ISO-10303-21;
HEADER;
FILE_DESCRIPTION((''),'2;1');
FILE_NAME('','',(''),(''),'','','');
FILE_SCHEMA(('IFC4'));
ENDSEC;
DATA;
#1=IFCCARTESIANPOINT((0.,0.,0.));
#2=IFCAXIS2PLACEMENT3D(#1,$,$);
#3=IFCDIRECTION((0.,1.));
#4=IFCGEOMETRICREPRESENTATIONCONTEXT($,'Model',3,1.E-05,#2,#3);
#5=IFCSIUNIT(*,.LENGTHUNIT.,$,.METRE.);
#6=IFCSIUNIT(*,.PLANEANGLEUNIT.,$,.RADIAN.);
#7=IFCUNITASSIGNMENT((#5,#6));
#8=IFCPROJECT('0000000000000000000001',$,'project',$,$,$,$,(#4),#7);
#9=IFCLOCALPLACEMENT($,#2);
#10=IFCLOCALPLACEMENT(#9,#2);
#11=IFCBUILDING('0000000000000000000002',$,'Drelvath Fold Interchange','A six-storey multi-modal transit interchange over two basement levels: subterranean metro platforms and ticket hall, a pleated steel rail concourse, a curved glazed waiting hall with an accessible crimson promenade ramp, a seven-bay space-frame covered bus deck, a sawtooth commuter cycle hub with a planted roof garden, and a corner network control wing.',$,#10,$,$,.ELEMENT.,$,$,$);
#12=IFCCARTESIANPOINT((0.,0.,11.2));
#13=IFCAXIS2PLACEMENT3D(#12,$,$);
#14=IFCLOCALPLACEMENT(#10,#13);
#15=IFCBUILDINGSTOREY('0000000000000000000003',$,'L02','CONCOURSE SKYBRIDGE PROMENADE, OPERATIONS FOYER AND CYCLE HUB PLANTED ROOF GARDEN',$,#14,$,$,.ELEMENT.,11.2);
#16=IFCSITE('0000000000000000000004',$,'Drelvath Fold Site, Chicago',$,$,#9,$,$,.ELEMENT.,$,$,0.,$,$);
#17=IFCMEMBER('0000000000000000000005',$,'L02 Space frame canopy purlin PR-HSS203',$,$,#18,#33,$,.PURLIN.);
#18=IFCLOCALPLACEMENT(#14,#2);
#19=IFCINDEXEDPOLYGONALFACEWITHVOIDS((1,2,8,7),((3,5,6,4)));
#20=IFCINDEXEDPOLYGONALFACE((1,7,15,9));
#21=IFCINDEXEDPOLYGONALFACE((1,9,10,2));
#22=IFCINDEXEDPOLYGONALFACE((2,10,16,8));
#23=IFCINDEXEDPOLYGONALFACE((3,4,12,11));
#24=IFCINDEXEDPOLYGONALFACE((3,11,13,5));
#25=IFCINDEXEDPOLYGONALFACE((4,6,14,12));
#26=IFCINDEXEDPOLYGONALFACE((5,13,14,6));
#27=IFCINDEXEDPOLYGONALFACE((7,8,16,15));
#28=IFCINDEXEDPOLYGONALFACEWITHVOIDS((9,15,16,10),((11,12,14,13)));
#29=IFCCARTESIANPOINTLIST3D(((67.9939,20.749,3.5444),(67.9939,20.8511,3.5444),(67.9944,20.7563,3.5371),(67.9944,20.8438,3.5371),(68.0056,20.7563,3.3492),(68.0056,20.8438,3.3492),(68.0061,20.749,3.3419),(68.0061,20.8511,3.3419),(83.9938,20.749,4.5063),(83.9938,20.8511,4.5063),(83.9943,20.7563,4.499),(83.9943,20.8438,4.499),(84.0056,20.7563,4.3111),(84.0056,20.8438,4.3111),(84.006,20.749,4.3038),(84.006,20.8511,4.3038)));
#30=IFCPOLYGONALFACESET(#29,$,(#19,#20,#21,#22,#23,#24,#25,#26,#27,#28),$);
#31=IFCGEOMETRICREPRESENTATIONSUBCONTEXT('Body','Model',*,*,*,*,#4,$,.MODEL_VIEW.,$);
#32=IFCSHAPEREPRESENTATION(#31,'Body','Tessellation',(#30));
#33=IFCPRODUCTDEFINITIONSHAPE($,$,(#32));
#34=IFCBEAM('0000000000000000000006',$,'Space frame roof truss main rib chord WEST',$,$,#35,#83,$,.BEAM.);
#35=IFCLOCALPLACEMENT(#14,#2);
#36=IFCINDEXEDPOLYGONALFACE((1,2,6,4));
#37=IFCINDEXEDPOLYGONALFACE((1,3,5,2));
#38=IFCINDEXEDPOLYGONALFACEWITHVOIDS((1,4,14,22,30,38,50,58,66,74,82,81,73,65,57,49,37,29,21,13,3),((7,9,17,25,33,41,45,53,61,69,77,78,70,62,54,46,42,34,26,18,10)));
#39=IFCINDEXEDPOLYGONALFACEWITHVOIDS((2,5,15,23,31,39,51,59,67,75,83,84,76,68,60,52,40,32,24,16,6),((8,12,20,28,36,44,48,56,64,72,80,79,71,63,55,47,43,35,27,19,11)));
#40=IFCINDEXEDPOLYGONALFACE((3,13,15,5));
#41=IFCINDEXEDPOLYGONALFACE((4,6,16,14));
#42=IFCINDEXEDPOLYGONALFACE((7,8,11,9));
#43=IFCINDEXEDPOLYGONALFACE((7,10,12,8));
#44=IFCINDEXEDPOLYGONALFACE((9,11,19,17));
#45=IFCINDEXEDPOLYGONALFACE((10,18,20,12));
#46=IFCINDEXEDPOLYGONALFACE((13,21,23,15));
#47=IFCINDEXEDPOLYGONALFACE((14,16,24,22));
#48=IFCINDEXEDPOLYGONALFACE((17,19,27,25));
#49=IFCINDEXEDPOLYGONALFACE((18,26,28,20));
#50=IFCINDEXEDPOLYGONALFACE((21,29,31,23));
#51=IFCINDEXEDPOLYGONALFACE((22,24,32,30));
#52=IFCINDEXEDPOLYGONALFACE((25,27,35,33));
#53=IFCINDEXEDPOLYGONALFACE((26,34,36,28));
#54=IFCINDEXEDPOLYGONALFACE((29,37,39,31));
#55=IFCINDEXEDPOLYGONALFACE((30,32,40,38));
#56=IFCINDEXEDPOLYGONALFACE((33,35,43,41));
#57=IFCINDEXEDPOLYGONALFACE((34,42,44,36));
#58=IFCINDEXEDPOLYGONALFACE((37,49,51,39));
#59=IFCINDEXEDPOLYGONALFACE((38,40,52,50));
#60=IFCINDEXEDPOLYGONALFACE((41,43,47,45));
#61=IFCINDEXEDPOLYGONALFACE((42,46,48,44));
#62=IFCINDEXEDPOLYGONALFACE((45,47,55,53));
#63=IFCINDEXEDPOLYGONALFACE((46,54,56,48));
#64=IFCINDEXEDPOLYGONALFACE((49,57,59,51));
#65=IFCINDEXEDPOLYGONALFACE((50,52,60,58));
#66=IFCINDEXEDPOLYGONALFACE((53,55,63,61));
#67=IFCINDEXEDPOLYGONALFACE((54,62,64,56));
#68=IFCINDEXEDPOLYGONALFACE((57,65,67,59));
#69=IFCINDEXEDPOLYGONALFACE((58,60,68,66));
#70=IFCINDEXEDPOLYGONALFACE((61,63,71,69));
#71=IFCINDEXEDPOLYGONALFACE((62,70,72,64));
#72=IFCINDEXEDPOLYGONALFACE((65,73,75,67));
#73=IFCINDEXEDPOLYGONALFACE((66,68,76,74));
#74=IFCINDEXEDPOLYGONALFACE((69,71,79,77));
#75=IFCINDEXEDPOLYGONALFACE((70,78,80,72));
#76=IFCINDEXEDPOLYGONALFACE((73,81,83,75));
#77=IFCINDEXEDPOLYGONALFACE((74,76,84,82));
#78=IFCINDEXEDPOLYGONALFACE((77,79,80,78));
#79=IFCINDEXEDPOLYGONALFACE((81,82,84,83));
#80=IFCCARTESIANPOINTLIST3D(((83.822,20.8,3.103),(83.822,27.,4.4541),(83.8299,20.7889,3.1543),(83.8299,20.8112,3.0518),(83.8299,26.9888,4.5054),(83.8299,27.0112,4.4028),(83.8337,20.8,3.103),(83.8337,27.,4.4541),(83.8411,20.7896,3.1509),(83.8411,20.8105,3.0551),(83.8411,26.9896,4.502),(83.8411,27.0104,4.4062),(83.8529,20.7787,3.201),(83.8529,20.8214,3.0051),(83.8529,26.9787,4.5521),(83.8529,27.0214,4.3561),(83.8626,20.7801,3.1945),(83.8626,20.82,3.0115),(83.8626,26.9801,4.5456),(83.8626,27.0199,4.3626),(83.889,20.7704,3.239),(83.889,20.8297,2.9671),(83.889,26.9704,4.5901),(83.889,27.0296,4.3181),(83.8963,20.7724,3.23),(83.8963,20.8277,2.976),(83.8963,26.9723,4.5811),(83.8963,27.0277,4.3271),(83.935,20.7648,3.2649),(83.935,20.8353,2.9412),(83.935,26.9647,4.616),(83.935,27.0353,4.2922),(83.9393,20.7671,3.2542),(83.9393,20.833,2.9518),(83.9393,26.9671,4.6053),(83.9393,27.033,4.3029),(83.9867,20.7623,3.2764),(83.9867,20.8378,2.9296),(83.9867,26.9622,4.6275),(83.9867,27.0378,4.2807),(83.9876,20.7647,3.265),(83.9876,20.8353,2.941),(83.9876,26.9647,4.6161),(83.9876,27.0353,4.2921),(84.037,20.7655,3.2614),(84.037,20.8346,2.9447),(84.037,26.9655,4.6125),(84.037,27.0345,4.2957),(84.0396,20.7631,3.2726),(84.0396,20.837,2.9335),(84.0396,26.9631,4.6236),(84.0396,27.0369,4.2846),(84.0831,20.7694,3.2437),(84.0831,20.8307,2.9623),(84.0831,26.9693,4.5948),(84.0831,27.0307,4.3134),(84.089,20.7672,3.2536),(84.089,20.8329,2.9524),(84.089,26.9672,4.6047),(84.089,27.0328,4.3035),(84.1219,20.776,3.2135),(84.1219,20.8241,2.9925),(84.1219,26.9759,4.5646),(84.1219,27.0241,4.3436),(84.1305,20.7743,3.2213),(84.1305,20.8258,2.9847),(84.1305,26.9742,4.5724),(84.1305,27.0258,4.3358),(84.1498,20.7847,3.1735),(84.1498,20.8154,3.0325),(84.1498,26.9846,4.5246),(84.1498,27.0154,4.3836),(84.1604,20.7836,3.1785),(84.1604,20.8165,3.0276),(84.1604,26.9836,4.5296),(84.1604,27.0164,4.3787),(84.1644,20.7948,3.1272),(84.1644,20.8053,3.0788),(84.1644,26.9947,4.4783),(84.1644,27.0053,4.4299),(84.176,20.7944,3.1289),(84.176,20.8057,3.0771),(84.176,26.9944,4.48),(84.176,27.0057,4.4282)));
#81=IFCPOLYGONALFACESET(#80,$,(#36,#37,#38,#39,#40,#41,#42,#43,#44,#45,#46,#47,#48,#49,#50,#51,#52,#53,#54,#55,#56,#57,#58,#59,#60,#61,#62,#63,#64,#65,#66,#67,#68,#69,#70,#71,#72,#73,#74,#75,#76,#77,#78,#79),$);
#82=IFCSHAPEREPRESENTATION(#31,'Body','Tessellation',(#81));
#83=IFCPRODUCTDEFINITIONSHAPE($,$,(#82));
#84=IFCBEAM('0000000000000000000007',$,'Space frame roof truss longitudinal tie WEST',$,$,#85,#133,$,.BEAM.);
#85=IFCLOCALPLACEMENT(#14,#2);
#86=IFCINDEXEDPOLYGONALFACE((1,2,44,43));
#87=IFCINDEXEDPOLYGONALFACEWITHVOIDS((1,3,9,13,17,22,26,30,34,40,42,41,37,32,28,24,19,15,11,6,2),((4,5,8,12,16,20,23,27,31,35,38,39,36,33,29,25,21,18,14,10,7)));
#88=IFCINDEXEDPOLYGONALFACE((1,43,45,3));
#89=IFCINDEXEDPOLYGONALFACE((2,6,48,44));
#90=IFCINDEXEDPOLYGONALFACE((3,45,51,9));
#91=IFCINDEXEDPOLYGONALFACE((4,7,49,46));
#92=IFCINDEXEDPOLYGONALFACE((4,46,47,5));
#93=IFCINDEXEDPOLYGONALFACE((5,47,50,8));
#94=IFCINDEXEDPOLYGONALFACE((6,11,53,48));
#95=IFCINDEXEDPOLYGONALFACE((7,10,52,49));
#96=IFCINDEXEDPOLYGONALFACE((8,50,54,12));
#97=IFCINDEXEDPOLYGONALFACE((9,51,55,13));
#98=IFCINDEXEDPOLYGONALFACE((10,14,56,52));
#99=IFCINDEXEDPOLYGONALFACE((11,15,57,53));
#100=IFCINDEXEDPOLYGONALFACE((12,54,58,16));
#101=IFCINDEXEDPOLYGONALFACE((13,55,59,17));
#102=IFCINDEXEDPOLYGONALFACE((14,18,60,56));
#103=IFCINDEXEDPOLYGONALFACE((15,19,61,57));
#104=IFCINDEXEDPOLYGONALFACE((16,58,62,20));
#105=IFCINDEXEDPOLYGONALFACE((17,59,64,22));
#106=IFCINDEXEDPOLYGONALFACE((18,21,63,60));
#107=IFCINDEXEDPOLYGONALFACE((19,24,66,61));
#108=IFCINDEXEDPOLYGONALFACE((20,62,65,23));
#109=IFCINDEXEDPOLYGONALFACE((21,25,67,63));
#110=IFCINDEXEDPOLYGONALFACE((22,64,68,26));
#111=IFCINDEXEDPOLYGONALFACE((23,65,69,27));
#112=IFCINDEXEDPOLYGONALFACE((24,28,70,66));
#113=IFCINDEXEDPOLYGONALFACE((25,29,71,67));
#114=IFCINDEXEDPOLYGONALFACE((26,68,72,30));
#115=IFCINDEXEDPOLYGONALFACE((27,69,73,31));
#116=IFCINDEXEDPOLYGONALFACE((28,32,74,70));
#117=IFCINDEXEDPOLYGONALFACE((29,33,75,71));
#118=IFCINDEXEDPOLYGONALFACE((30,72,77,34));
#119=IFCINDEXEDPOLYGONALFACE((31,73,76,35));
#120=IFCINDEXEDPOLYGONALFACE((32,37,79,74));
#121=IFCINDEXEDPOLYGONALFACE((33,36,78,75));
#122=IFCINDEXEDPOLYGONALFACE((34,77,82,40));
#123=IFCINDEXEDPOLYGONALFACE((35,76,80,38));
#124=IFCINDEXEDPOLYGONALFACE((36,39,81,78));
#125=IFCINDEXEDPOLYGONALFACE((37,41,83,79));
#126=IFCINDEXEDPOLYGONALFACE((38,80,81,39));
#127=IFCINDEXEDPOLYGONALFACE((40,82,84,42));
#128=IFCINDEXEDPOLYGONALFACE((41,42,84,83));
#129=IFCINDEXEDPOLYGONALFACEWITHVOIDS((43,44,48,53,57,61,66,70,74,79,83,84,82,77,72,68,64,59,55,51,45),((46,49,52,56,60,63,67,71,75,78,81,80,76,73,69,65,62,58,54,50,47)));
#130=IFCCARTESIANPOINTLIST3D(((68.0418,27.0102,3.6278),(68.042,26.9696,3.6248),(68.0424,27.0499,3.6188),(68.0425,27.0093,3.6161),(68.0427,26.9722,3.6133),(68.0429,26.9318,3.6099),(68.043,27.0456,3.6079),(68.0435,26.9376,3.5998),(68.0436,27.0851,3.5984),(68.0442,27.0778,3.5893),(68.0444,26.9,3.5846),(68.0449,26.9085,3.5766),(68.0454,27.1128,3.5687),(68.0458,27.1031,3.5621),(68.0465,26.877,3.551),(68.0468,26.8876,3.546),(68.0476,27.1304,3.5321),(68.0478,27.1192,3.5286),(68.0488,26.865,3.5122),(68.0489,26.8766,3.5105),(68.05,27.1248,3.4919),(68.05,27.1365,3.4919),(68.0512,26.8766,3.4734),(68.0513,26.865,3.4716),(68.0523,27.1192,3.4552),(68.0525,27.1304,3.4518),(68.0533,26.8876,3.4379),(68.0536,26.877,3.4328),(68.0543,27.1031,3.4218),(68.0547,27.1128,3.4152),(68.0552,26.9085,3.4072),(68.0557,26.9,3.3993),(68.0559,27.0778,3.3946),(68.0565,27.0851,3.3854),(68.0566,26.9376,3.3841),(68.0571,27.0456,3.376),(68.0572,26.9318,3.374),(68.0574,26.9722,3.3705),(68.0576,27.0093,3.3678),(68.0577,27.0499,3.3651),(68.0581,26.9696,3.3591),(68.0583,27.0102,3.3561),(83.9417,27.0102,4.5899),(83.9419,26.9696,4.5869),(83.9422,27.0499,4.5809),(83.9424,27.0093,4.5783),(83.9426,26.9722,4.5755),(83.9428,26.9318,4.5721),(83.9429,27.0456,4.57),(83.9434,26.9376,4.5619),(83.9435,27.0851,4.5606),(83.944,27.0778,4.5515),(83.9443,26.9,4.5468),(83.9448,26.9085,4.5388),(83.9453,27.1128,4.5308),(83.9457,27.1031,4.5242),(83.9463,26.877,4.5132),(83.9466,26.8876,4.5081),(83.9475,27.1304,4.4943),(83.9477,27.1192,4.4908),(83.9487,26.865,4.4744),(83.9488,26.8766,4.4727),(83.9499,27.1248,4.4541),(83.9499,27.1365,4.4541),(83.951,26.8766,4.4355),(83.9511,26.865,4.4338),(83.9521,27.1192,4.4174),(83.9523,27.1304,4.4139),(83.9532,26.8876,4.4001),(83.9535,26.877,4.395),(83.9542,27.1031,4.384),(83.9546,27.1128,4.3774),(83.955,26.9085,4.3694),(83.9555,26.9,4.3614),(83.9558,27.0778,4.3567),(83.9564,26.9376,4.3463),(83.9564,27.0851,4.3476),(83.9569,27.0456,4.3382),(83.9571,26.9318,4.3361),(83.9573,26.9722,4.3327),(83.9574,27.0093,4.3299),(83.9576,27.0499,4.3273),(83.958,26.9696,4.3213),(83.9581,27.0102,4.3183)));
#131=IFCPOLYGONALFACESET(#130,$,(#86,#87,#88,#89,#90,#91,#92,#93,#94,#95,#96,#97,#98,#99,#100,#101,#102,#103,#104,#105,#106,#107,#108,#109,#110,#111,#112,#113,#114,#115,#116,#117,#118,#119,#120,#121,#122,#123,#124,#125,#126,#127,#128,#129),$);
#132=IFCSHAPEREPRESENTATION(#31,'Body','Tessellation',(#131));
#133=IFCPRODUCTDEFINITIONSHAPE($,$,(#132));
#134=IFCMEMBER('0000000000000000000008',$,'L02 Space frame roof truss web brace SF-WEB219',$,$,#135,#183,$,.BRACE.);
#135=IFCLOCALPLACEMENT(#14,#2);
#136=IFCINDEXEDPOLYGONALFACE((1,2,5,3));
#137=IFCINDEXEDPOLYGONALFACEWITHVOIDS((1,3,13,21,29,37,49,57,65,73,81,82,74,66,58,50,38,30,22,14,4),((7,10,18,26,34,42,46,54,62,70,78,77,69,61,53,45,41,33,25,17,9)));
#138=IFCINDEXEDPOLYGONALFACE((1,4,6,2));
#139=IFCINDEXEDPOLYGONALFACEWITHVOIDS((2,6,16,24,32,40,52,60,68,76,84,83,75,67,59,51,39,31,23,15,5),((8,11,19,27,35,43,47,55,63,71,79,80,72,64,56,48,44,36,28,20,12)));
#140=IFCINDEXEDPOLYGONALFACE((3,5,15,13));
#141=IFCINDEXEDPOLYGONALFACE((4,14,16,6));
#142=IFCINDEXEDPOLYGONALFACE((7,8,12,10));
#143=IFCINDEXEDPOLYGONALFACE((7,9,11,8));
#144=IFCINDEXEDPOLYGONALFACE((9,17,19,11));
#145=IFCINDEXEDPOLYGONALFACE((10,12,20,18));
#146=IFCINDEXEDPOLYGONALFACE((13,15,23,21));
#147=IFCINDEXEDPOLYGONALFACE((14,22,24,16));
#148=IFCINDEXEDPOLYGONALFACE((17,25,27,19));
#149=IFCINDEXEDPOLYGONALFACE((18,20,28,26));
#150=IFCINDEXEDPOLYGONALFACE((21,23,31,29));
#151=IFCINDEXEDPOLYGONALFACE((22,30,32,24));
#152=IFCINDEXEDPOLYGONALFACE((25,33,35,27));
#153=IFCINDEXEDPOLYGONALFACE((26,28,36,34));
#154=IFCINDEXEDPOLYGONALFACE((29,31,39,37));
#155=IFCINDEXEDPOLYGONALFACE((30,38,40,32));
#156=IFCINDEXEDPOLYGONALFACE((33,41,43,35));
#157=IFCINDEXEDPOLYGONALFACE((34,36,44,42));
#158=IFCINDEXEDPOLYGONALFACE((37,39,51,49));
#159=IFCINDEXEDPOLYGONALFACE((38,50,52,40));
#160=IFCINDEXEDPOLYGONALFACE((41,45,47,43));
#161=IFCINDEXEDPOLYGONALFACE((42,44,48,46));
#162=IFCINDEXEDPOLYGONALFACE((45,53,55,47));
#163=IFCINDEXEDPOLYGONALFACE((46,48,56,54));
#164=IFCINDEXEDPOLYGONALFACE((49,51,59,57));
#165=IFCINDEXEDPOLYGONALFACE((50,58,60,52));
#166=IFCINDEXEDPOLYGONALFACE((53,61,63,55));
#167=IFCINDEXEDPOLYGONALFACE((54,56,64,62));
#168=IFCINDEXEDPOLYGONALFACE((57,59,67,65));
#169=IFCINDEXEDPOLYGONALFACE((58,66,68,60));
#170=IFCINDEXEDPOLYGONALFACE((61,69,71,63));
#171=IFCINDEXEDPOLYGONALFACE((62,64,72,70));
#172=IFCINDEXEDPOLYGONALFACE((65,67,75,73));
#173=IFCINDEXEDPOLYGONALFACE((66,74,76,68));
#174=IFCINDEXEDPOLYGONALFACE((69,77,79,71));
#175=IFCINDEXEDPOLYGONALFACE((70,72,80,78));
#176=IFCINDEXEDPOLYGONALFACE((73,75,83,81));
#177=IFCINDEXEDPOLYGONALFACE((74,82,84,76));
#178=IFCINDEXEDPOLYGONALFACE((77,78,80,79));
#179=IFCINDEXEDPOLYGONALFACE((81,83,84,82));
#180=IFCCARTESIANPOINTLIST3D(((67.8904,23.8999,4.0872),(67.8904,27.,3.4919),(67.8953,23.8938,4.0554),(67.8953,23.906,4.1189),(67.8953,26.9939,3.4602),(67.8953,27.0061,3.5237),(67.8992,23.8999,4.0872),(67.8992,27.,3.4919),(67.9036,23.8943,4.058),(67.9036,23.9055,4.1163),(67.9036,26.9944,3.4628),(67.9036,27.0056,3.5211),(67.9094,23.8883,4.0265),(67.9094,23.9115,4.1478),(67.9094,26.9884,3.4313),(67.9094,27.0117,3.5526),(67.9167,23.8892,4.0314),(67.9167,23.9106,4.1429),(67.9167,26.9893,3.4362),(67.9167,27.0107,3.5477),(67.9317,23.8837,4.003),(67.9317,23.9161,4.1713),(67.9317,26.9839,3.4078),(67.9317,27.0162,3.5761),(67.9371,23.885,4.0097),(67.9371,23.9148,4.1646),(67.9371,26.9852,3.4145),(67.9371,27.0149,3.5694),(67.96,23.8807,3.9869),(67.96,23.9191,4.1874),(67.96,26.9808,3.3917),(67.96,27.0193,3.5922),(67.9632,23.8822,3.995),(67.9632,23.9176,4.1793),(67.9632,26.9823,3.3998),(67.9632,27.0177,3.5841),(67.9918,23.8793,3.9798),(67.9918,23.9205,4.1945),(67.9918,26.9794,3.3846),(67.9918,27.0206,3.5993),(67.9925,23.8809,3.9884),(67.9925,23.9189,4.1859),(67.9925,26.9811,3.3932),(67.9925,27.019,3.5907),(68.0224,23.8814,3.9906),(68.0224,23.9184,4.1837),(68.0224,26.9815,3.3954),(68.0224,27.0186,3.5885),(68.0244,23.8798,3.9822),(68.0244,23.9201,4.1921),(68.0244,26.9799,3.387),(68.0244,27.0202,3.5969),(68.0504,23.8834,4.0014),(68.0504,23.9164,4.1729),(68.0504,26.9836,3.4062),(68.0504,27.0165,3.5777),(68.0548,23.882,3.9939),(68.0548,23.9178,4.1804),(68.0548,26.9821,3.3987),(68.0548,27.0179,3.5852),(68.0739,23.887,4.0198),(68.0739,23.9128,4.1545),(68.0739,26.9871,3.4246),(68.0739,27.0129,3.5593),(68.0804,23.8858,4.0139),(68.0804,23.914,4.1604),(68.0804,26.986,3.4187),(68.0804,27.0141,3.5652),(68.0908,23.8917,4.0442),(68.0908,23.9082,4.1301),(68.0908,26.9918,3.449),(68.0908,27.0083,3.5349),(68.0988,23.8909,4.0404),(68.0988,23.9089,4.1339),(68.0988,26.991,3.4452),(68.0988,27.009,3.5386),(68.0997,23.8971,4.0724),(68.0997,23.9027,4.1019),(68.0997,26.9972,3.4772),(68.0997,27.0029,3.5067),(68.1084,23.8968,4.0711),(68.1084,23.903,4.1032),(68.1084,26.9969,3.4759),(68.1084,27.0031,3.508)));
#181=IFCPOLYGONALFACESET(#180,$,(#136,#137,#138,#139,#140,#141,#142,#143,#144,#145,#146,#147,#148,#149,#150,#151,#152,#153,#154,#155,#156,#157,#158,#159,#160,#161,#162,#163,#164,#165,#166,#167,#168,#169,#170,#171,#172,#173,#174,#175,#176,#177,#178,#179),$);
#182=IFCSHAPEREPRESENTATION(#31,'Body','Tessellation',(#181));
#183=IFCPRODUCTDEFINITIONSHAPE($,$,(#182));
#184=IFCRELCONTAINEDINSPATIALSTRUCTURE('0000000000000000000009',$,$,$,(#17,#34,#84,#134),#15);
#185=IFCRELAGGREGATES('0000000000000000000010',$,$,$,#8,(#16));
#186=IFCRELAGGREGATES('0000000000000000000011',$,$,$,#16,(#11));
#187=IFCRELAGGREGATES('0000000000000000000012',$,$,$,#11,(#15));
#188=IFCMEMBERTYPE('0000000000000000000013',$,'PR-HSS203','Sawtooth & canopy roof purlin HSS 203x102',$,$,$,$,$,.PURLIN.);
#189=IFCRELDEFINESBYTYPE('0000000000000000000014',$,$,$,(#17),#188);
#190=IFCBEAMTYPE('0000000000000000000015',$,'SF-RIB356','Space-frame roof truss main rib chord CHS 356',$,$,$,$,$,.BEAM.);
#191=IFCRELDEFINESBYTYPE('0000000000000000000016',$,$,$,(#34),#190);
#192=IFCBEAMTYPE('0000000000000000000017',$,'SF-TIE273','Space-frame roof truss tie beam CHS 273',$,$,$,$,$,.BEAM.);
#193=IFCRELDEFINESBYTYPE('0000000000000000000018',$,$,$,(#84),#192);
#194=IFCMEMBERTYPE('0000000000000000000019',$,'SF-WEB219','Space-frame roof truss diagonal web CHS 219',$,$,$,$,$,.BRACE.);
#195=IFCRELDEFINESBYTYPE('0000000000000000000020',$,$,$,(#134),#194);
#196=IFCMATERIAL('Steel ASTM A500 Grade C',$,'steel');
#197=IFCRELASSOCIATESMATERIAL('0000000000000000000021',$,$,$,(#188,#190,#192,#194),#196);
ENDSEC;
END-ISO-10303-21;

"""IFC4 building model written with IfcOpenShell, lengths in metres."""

from ifc_helpers import new_model, si_unit, direction, frame, origin, origin_2d, place, context, subcontext, project, spatial, hollow_rectangle, hollow_circle, extrude, material, material_profile, profile_set, type_object, element, save


model = new_model("IFC4")

# Units and contexts
model_context = context("Model", 3, precision=1e-05, world=origin(), true_north=direction((0.0, 1.0)))
body_context = subcontext(model_context, "Body", "Model", "MODEL_VIEW")
ifc_project = project(units=[si_unit("LENGTHUNIT", "METRE"), si_unit("PLANEANGLEUNIT", "RADIAN")], contexts=[model_context])

# Site, building, storey
site_placement = place(None, origin())
site = spatial("IfcSite", under=ifc_project, at=site_placement, Name="Drelvath Fold Site, Chicago", CompositionType="ELEMENT", RefElevation=0.0)
building_placement = place(site_placement, origin())
building = spatial("IfcBuilding", under=site, at=building_placement, Name="Drelvath Fold Interchange", Description="A six-storey multi-modal transit interchange over two basement levels: subterranean metro platforms and ticket hall, a pleated steel rail concourse, a curved glazed waiting hall with an accessible crimson promenade ramp, a seven-bay space-frame covered bus deck, a sawtooth commuter cycle hub with a planted roof garden, and a corner network control wing.", CompositionType="ELEMENT")
storey_placement = place(building_placement, frame((0.0, 0.0, 11.2)))
storey = spatial("IfcBuildingStorey", under=building, at=storey_placement, Name="L02", Description="CONCOURSE SKYBRIDGE PROMENADE, OPERATIONS FOYER AND CYCLE HUB PLANTED ROOF GARDEN", CompositionType="ELEMENT", Elevation=11.2)

# Member
ifc_material_1 = material(Name="Steel ASTM A500 Grade C", Category="steel")
ifc_material_profile_1 = material_profile(ifc_material_1, hollow_rectangle(XDim=0.1021, YDim=0.2029, WallThickness=0.0073, at=origin_2d()), Name="HSS8X4X5/16")
ifc_profile_set_1 = profile_set([ifc_material_profile_1], Name="Steel ASTM A500 Grade C")
member_type_1 = type_object("IfcMemberType", Name="PR-HSS203", Description="Sawtooth & canopy roof purlin HSS 203x102", PredefinedType="PURLIN", material=ifc_profile_set_1)
member_1_placement = place(storey_placement, frame((68.0, 20.8, 3.4431), z_axis=(0.998198, 0.0, 0.060011), x_axis=(0.0, 1.0, 0.0)))
element("IfcMember", 1, at=member_1_placement, inside=storey, type_object=member_type_1, Name="L02 Space frame canopy purlin PR-HSS203", PredefinedType="PURLIN", context=body_context, shape_type="SweptSolid", body=[
    extrude(hollow_rectangle(XDim=0.1021, YDim=0.2029, WallThickness=0.0073, at=origin_2d()), origin(), (0.0, 0.0, 1.0), 16.0288),
])

# Beams
ifc_material_profile_2 = material_profile(ifc_material_1, hollow_circle(Radius=0.178, WallThickness=0.0117, at=origin_2d()), Name="HSS14.000X0.500")
ifc_profile_set_2 = profile_set([ifc_material_profile_2], Name="Steel ASTM A500 Grade C")
beam_type_1 = type_object("IfcBeamType", Name="SF-RIB356", Description="Space-frame roof truss main rib chord CHS 356", PredefinedType="BEAM", material=ifc_profile_set_2)
beam_1_placement = place(storey_placement, frame((84.0, 20.8, 3.103), z_axis=(0.0, 0.97707, 0.21292), x_axis=(-1.0, 0.0, 0.0)))
element("IfcBeam", 2, at=beam_1_placement, inside=storey, type_object=beam_type_1, Name="Space frame roof truss main rib chord WEST", PredefinedType="BEAM", context=body_context, shape_type="SweptSolid", body=[
    extrude(hollow_circle(Radius=0.178, WallThickness=0.0117, at=origin_2d()), origin(), (0.0, 0.0, 1.0), 6.3455),
])
ifc_material_profile_3 = material_profile(ifc_material_1, hollow_circle(Radius=0.1365, WallThickness=0.0117, at=origin_2d()), Name="HSS10.750X0.500")
ifc_profile_set_3 = profile_set([ifc_material_profile_3], Name="Steel ASTM A500 Grade C")
beam_type_2 = type_object("IfcBeamType", Name="SF-TIE273", Description="Space-frame roof truss tie beam CHS 273", PredefinedType="BEAM", material=ifc_profile_set_3)
beam_2_placement = place(storey_placement, frame((68.05, 27.0, 3.4919), z_axis=(0.998174, 0.0, 0.060403), x_axis=(0.0, 1.0, 0.0)))
element("IfcBeam", 3, at=beam_2_placement, inside=storey, type_object=beam_type_2, Name="Space frame roof truss longitudinal tie WEST", PredefinedType="BEAM", context=body_context, shape_type="SweptSolid", body=[
    extrude(hollow_circle(Radius=0.1365, WallThickness=0.0117, at=origin_2d()), origin(), (0.0, 0.0, 1.0), 15.929),
])

# Member
ifc_material_profile_4 = material_profile(ifc_material_1, hollow_circle(Radius=0.1096, WallThickness=0.0088, at=origin_2d()), Name="HSS8.625X0.375")
ifc_profile_set_4 = profile_set([ifc_material_profile_4], Name="Steel ASTM A500 Grade C")
member_type_2 = type_object("IfcMemberType", Name="SF-WEB219", Description="Space-frame roof truss diagonal web CHS 219", PredefinedType="BRACE", material=ifc_profile_set_4)
member_2_placement = place(storey_placement, frame((68.0, 23.8999, 4.0872), z_axis=(0.0, 0.982063, -0.188555), x_axis=(-1.0, 0.0, 0.0)))
element("IfcMember", 4, at=member_2_placement, inside=storey, type_object=member_type_2, Name="L02 Space frame roof truss web brace SF-WEB219", PredefinedType="BRACE", context=body_context, shape_type="SweptSolid", body=[
    extrude(hollow_circle(Radius=0.1096, WallThickness=0.0088, at=origin_2d()), origin(), (0.0, 0.0, 1.0), 3.1567),
])

save(model, "model.ifc")
